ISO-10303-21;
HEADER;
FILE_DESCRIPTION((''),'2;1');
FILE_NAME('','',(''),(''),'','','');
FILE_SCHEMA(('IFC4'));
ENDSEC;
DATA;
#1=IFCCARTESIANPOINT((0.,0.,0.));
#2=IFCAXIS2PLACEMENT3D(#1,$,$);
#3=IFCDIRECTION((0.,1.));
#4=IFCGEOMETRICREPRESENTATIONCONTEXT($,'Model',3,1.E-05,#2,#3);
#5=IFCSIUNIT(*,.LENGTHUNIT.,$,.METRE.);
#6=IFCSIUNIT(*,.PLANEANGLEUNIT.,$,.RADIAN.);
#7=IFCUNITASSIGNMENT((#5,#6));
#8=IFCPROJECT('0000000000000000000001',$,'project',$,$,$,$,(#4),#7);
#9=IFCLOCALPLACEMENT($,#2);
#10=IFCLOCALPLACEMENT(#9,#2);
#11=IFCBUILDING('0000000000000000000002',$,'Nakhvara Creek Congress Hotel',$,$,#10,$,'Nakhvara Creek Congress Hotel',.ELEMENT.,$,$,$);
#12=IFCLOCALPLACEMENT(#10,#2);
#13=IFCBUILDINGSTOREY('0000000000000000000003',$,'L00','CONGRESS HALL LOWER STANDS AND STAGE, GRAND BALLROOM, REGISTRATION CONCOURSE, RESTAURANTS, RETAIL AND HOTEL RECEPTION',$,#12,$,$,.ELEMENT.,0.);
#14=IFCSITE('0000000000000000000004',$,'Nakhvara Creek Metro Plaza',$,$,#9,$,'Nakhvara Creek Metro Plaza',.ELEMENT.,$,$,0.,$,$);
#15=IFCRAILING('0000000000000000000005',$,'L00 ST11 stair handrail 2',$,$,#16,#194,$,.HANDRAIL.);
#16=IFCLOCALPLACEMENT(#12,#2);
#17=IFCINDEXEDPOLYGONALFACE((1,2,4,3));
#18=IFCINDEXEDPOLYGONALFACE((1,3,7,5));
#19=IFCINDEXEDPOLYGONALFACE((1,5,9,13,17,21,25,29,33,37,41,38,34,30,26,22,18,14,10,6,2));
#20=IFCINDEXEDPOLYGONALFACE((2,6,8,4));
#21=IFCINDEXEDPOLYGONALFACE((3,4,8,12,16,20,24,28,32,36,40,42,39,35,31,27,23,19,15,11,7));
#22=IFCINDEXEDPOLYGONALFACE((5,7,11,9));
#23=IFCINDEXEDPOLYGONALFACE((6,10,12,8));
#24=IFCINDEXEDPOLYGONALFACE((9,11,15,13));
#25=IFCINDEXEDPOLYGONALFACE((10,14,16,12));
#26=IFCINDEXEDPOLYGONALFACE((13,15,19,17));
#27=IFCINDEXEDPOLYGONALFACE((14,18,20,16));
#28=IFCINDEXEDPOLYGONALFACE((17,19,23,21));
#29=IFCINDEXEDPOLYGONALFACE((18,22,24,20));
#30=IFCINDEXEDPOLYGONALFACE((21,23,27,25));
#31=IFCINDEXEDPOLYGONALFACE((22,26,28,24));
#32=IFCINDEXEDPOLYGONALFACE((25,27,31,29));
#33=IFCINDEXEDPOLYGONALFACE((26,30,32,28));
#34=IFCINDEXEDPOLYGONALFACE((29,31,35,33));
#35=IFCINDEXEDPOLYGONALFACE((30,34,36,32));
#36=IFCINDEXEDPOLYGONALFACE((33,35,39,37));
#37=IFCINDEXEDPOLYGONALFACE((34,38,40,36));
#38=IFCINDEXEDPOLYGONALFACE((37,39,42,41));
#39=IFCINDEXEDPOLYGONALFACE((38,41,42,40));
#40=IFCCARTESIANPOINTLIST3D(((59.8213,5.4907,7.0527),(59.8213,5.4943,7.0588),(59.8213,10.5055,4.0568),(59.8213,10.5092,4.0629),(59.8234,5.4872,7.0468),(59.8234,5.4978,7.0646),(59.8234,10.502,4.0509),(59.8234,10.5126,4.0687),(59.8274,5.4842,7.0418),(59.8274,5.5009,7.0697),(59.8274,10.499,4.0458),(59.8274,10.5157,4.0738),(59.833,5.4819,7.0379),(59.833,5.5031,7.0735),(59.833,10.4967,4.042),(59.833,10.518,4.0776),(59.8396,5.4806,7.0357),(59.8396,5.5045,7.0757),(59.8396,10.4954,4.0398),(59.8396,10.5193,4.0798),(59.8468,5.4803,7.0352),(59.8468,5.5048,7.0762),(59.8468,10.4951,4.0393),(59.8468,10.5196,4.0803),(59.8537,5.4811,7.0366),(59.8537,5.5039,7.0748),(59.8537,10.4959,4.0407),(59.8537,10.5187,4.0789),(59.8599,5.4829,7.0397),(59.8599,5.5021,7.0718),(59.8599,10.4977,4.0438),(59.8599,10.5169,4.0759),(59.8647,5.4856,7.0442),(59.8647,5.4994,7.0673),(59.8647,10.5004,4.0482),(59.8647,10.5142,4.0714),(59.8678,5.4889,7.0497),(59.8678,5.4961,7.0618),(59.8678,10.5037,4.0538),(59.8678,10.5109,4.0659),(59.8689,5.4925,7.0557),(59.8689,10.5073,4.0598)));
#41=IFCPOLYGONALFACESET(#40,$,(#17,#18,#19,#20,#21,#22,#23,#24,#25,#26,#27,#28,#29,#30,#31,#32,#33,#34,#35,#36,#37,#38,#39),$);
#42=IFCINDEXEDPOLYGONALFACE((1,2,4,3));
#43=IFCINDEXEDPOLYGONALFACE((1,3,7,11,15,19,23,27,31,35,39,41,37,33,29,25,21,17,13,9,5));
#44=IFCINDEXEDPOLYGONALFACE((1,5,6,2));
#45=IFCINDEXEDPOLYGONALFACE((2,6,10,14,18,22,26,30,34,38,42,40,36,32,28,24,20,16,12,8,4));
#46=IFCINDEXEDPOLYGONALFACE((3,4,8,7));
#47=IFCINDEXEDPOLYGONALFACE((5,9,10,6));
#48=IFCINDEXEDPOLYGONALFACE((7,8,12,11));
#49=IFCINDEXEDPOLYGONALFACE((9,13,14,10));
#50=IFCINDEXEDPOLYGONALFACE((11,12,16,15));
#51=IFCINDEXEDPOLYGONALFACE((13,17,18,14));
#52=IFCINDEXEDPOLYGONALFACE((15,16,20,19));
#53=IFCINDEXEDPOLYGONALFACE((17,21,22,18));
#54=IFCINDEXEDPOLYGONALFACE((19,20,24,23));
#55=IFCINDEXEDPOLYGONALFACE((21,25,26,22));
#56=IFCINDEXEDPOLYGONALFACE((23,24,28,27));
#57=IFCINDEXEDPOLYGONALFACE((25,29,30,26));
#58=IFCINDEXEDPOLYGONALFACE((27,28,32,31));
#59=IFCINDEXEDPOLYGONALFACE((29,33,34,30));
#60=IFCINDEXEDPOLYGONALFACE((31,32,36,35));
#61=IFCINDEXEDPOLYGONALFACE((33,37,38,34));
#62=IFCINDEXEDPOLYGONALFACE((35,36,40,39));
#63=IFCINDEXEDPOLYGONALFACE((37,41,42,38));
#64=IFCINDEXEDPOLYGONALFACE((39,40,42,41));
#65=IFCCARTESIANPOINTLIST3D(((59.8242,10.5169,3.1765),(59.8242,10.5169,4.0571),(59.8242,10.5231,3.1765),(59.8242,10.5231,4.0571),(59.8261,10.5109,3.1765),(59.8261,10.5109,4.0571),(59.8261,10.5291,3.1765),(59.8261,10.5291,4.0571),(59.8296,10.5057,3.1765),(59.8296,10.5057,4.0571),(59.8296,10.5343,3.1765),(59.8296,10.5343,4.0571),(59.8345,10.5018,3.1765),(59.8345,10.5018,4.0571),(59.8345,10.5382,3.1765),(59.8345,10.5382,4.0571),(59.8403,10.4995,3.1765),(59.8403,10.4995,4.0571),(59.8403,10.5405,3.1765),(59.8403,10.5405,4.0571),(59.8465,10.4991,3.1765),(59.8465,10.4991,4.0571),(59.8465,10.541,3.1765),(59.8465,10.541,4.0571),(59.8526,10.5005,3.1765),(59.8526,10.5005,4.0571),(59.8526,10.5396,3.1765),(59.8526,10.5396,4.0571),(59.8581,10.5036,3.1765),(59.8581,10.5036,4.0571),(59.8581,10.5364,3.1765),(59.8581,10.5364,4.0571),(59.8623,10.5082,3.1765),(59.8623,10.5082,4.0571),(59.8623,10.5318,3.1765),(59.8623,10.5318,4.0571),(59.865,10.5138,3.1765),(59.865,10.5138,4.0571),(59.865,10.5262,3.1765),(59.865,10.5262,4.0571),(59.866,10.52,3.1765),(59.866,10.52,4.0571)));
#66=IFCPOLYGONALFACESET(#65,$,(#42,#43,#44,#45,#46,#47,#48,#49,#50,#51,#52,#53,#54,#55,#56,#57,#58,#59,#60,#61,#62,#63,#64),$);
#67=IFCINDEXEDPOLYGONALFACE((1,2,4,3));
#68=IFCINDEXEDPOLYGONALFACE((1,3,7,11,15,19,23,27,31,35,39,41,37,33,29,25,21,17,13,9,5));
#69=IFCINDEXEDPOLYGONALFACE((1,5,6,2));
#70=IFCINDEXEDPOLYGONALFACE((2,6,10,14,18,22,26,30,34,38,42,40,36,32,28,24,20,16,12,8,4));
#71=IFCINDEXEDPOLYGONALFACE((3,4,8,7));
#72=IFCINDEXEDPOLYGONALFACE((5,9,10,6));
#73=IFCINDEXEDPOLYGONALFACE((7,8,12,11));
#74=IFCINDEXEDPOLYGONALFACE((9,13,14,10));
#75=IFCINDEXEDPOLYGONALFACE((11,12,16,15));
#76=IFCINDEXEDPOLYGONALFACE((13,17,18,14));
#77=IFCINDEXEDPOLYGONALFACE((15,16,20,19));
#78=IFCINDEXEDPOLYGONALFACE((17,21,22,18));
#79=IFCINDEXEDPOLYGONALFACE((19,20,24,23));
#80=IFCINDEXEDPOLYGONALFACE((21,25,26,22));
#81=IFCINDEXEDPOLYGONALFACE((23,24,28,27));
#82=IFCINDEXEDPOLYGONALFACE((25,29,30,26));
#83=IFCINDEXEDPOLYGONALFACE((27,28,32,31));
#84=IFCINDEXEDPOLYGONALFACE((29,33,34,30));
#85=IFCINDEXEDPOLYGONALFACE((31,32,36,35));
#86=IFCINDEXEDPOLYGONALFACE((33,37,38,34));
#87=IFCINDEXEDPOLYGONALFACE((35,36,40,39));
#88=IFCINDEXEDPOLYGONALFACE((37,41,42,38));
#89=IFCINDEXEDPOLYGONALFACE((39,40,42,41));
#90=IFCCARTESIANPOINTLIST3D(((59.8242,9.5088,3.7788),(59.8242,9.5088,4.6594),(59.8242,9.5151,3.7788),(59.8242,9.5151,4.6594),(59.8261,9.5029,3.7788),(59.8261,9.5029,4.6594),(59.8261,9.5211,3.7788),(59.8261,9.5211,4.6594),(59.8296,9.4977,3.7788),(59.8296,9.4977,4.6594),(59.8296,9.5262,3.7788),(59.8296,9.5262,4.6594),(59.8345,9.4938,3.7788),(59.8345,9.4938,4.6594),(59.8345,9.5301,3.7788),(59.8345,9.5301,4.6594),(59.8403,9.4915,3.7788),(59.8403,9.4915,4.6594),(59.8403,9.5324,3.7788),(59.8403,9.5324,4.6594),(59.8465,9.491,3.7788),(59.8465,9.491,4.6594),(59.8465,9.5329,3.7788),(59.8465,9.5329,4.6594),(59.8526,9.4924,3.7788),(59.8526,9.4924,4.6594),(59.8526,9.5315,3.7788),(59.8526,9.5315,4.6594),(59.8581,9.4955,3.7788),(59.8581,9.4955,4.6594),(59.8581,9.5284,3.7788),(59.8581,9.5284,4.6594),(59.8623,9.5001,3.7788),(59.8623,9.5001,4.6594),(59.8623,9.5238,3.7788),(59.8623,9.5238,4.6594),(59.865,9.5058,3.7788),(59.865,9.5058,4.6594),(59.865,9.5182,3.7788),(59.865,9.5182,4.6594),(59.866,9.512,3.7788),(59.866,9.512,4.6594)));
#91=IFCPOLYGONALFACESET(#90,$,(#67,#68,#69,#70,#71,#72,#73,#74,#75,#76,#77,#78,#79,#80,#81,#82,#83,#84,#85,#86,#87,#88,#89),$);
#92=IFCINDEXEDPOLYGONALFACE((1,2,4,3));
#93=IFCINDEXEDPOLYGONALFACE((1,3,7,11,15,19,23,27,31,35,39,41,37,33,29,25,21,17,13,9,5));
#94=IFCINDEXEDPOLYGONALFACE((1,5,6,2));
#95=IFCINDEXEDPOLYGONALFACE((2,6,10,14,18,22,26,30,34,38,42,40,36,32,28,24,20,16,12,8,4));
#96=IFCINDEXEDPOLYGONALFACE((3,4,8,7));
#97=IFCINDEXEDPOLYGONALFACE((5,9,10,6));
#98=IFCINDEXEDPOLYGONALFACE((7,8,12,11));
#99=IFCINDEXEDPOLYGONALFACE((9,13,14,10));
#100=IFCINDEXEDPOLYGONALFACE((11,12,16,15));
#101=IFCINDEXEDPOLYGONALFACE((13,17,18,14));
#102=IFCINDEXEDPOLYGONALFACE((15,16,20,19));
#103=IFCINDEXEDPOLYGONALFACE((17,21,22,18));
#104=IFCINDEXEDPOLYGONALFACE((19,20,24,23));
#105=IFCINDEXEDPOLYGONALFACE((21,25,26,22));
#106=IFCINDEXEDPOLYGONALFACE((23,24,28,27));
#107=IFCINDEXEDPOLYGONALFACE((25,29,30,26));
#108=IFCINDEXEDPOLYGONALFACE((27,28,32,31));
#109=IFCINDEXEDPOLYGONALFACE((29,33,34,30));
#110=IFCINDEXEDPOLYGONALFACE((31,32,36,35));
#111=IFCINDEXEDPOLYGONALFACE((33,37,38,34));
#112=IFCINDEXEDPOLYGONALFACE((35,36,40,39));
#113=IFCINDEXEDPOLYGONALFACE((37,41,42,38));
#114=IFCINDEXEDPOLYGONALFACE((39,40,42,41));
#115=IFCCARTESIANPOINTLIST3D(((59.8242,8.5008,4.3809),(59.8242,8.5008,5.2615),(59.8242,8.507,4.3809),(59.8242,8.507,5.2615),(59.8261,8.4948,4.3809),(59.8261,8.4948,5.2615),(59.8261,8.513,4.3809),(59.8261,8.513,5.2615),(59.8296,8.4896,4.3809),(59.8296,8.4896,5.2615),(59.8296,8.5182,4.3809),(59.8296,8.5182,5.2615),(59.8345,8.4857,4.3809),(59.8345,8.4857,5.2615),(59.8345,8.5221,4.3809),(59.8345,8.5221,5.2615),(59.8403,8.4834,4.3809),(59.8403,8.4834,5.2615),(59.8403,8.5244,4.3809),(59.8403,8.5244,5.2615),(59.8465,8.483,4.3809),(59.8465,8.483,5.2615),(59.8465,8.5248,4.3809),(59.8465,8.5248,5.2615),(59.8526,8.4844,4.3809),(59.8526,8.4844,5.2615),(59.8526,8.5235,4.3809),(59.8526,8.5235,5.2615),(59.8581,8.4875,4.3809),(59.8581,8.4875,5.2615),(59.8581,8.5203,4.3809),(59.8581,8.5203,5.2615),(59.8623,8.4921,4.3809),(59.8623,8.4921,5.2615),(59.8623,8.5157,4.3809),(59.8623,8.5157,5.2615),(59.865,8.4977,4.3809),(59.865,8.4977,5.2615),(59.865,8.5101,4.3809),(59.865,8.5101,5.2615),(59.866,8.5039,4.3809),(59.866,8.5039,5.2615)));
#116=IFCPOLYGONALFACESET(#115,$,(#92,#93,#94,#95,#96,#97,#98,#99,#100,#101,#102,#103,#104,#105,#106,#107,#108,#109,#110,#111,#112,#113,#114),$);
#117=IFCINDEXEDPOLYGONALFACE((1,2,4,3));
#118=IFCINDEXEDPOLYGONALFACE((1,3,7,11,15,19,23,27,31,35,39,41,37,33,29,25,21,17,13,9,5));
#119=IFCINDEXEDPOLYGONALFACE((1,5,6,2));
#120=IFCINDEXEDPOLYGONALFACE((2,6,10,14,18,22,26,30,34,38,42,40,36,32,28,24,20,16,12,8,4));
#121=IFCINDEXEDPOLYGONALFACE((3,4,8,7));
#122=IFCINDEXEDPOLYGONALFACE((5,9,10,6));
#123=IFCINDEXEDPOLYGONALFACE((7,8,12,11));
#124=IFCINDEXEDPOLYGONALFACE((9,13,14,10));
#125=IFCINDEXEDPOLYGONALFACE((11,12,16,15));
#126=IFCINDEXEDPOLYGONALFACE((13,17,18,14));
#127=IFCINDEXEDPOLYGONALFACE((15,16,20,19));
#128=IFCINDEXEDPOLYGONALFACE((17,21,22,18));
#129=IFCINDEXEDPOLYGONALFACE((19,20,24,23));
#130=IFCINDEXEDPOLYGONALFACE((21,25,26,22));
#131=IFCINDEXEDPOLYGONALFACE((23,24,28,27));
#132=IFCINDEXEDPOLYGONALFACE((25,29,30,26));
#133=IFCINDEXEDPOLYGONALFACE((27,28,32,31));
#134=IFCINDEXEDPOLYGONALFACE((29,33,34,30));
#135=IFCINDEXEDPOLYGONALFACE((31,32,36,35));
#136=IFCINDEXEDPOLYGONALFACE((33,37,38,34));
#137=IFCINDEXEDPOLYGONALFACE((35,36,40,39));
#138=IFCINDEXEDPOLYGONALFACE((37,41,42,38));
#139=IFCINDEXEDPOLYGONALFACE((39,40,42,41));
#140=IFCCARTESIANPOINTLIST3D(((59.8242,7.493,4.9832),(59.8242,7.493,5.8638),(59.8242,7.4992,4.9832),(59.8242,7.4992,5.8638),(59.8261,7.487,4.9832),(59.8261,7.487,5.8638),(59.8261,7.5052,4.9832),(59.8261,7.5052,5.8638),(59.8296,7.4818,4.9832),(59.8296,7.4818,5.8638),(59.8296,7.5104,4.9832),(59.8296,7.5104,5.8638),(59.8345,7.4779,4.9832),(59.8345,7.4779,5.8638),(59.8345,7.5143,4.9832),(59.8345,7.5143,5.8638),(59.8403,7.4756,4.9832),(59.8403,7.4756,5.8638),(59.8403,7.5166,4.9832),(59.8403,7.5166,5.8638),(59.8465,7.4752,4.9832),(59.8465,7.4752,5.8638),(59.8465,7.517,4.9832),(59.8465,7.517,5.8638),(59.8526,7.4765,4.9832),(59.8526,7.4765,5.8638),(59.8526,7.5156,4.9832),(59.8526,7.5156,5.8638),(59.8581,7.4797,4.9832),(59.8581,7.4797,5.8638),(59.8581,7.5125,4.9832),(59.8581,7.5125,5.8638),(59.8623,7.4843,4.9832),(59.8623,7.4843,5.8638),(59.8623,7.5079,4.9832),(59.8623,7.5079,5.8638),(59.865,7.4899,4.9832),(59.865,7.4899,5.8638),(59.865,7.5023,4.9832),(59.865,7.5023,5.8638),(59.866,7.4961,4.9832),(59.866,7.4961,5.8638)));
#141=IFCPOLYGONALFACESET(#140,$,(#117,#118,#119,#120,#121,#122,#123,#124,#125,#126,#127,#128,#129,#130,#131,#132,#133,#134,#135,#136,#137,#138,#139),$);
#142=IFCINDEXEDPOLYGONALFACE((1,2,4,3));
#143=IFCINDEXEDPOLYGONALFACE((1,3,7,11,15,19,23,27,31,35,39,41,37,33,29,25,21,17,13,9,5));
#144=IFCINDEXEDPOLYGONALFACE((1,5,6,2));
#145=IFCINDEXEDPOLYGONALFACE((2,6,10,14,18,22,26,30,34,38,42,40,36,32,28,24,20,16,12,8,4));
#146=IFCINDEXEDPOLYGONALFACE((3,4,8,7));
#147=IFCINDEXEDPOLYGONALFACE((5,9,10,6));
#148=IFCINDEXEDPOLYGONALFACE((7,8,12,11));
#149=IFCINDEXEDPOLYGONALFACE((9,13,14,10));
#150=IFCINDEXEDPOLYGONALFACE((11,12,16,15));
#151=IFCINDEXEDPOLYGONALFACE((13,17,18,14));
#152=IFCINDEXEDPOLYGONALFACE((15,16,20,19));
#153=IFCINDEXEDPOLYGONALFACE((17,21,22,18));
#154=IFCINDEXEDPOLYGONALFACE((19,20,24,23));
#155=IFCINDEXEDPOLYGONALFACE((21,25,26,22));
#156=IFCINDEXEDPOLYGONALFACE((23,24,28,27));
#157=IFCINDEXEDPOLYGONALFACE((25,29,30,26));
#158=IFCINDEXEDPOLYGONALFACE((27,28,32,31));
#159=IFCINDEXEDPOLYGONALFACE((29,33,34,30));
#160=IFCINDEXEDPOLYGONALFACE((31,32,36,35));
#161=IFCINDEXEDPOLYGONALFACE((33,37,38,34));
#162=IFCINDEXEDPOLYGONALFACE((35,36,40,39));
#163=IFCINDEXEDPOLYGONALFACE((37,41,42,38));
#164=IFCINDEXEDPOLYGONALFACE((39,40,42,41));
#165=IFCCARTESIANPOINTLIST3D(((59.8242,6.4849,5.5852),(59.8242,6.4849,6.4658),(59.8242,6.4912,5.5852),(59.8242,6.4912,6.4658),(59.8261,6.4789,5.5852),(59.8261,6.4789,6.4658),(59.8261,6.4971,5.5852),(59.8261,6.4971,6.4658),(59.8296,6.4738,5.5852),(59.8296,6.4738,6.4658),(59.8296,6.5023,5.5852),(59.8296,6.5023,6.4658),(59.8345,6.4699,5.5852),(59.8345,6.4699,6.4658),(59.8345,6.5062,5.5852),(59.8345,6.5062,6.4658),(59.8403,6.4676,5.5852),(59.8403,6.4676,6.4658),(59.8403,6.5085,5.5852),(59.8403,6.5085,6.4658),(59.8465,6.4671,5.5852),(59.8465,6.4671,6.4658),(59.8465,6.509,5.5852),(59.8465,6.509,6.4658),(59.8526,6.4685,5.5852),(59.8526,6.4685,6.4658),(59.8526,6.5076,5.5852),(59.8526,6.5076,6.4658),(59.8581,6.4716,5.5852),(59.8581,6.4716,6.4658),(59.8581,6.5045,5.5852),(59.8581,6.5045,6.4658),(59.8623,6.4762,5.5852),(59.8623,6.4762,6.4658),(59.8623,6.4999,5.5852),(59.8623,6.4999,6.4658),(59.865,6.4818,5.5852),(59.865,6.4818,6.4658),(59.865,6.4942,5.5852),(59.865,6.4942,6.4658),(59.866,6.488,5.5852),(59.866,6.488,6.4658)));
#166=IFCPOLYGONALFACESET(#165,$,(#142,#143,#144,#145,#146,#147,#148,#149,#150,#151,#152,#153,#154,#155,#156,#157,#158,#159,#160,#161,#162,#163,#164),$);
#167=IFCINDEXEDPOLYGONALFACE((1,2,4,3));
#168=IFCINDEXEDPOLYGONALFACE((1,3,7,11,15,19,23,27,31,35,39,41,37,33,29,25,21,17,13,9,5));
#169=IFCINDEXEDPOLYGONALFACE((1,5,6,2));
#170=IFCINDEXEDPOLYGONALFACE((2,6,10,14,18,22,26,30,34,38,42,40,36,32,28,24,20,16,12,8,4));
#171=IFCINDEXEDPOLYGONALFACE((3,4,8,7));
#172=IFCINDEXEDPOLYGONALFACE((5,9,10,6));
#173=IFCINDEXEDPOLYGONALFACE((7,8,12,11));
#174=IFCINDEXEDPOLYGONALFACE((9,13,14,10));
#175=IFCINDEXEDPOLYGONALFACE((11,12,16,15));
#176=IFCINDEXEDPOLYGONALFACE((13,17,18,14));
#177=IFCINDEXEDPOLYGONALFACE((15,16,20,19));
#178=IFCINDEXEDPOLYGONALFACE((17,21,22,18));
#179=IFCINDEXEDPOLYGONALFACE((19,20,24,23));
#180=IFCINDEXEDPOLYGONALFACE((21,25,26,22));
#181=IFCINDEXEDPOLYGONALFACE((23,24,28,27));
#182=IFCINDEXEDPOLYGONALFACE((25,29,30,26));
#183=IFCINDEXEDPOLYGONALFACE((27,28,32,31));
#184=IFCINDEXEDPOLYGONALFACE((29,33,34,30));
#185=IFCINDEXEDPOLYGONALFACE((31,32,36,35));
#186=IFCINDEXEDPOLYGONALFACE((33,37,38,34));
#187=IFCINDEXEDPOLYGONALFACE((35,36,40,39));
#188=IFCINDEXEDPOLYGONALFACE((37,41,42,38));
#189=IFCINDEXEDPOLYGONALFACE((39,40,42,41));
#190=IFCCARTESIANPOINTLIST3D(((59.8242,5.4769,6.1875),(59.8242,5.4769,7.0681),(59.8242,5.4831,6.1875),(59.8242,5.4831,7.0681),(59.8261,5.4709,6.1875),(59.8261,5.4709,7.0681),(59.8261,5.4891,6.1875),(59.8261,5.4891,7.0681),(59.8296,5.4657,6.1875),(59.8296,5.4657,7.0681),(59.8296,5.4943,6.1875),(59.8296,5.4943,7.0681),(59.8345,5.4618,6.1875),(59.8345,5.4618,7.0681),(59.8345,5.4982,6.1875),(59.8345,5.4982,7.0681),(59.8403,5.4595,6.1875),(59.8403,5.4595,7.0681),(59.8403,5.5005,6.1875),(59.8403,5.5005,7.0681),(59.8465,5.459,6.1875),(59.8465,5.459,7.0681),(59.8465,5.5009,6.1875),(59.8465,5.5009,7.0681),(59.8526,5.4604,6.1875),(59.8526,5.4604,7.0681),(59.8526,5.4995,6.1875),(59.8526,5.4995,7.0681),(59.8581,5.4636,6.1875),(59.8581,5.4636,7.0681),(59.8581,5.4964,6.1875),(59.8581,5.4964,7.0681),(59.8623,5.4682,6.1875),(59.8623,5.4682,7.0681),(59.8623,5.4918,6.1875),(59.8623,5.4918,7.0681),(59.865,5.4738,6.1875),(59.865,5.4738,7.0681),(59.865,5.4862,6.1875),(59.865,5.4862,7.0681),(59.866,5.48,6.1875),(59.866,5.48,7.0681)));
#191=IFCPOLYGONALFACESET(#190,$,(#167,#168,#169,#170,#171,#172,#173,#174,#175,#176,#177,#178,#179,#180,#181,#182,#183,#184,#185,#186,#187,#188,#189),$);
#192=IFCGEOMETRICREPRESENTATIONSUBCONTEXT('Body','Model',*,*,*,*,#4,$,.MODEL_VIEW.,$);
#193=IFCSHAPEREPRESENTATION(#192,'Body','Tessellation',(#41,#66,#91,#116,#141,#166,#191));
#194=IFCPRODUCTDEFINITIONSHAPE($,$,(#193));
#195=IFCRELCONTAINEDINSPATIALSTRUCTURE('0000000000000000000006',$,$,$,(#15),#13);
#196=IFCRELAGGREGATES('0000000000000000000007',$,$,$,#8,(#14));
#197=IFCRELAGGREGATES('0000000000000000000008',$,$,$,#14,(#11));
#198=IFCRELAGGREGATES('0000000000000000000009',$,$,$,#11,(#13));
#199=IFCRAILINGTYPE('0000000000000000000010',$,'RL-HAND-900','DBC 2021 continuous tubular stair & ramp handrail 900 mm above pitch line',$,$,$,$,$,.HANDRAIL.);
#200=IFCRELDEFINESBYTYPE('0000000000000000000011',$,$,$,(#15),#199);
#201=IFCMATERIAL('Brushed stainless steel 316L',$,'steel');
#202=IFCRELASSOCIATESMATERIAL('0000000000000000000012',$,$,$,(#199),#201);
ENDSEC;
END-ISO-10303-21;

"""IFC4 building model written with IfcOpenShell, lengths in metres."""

from ifc_helpers import new_model, si_unit, direction, frame, origin, origin_2d, place, context, subcontext, project, spatial, circle, extrude, material, type_object, element, save


model = new_model("IFC4")

# Units and contexts
model_context = context("Model", 3, precision=1e-05, world=origin(), true_north=direction((0.0, 1.0)))
body_context = subcontext(model_context, "Body", "Model", "MODEL_VIEW")
ifc_project = project(units=[si_unit("LENGTHUNIT", "METRE"), si_unit("PLANEANGLEUNIT", "RADIAN")], contexts=[model_context])

# Site, building, storey
site_placement = place(None, origin())
site = spatial("IfcSite", under=ifc_project, at=site_placement, Name="Nakhvara Creek Metro Plaza", LongName="Nakhvara Creek Metro Plaza", CompositionType="ELEMENT", RefElevation=0.0)
building_placement = place(site_placement, origin())
building = spatial("IfcBuilding", under=site, at=building_placement, Name="Nakhvara Creek Congress Hotel", LongName="Nakhvara Creek Congress Hotel", CompositionType="ELEMENT")
storey_placement = place(building_placement, origin())
storey = spatial("IfcBuildingStorey", under=building, at=storey_placement, Name="L00", Description="CONGRESS HALL LOWER STANDS AND STAGE, GRAND BALLROOM, REGISTRATION CONCOURSE, RESTAURANTS, RETAIL AND HOTEL RECEPTION", CompositionType="ELEMENT", Elevation=0.0)

# Railing
ifc_material_1 = material(Name="Brushed stainless steel 316L", Category="steel")
railing_type_1 = type_object("IfcRailingType", Name="RL-HAND-900", Description="DBC 2021 continuous tubular stair & ramp handrail 900 mm above pitch line", PredefinedType="HANDRAIL", material=ifc_material_1)
railing_1_placement = place(storey_placement, frame((59.845, 10.52, 3.1765)))
element("IfcRailing", 1, at=railing_1_placement, inside=storey, type_object=railing_type_1, Name="L00 ST11 stair handrail 2", PredefinedType="HANDRAIL", context=body_context, shape_type="SweptSolid", body=[
    extrude(circle(Radius=0.0239, at=origin_2d()), frame((0.0, -0.0127, 0.8833), z_axis=(0.0, -0.858471, 0.512862), x_axis=(1.0, 0.0, 0.0)), (0.0, 0.0, 1.0), 5.8416),
    extrude(circle(Radius=0.021, at=origin_2d()), origin(), (0.0, 0.0, 1.0), 0.8806),
    extrude(circle(Radius=0.021, at=origin_2d()), frame((0.0, -1.0081, 0.6023)), (0.0, 0.0, 1.0), 0.8806),
    extrude(circle(Radius=0.021, at=origin_2d()), frame((0.0, -2.0161, 1.2043)), (0.0, 0.0, 1.0), 0.8806),
    extrude(circle(Radius=0.021, at=origin_2d()), frame((0.0, -3.0239, 1.8066)), (0.0, 0.0, 1.0), 0.8806),
    extrude(circle(Radius=0.021, at=origin_2d()), frame((0.0, -4.032, 2.4087)), (0.0, 0.0, 1.0), 0.8806),
    extrude(circle(Radius=0.021, at=origin_2d()), frame((0.0, -5.04, 3.011)), (0.0, 0.0, 1.0), 0.8806),
])

save(model, "model.ifc")
